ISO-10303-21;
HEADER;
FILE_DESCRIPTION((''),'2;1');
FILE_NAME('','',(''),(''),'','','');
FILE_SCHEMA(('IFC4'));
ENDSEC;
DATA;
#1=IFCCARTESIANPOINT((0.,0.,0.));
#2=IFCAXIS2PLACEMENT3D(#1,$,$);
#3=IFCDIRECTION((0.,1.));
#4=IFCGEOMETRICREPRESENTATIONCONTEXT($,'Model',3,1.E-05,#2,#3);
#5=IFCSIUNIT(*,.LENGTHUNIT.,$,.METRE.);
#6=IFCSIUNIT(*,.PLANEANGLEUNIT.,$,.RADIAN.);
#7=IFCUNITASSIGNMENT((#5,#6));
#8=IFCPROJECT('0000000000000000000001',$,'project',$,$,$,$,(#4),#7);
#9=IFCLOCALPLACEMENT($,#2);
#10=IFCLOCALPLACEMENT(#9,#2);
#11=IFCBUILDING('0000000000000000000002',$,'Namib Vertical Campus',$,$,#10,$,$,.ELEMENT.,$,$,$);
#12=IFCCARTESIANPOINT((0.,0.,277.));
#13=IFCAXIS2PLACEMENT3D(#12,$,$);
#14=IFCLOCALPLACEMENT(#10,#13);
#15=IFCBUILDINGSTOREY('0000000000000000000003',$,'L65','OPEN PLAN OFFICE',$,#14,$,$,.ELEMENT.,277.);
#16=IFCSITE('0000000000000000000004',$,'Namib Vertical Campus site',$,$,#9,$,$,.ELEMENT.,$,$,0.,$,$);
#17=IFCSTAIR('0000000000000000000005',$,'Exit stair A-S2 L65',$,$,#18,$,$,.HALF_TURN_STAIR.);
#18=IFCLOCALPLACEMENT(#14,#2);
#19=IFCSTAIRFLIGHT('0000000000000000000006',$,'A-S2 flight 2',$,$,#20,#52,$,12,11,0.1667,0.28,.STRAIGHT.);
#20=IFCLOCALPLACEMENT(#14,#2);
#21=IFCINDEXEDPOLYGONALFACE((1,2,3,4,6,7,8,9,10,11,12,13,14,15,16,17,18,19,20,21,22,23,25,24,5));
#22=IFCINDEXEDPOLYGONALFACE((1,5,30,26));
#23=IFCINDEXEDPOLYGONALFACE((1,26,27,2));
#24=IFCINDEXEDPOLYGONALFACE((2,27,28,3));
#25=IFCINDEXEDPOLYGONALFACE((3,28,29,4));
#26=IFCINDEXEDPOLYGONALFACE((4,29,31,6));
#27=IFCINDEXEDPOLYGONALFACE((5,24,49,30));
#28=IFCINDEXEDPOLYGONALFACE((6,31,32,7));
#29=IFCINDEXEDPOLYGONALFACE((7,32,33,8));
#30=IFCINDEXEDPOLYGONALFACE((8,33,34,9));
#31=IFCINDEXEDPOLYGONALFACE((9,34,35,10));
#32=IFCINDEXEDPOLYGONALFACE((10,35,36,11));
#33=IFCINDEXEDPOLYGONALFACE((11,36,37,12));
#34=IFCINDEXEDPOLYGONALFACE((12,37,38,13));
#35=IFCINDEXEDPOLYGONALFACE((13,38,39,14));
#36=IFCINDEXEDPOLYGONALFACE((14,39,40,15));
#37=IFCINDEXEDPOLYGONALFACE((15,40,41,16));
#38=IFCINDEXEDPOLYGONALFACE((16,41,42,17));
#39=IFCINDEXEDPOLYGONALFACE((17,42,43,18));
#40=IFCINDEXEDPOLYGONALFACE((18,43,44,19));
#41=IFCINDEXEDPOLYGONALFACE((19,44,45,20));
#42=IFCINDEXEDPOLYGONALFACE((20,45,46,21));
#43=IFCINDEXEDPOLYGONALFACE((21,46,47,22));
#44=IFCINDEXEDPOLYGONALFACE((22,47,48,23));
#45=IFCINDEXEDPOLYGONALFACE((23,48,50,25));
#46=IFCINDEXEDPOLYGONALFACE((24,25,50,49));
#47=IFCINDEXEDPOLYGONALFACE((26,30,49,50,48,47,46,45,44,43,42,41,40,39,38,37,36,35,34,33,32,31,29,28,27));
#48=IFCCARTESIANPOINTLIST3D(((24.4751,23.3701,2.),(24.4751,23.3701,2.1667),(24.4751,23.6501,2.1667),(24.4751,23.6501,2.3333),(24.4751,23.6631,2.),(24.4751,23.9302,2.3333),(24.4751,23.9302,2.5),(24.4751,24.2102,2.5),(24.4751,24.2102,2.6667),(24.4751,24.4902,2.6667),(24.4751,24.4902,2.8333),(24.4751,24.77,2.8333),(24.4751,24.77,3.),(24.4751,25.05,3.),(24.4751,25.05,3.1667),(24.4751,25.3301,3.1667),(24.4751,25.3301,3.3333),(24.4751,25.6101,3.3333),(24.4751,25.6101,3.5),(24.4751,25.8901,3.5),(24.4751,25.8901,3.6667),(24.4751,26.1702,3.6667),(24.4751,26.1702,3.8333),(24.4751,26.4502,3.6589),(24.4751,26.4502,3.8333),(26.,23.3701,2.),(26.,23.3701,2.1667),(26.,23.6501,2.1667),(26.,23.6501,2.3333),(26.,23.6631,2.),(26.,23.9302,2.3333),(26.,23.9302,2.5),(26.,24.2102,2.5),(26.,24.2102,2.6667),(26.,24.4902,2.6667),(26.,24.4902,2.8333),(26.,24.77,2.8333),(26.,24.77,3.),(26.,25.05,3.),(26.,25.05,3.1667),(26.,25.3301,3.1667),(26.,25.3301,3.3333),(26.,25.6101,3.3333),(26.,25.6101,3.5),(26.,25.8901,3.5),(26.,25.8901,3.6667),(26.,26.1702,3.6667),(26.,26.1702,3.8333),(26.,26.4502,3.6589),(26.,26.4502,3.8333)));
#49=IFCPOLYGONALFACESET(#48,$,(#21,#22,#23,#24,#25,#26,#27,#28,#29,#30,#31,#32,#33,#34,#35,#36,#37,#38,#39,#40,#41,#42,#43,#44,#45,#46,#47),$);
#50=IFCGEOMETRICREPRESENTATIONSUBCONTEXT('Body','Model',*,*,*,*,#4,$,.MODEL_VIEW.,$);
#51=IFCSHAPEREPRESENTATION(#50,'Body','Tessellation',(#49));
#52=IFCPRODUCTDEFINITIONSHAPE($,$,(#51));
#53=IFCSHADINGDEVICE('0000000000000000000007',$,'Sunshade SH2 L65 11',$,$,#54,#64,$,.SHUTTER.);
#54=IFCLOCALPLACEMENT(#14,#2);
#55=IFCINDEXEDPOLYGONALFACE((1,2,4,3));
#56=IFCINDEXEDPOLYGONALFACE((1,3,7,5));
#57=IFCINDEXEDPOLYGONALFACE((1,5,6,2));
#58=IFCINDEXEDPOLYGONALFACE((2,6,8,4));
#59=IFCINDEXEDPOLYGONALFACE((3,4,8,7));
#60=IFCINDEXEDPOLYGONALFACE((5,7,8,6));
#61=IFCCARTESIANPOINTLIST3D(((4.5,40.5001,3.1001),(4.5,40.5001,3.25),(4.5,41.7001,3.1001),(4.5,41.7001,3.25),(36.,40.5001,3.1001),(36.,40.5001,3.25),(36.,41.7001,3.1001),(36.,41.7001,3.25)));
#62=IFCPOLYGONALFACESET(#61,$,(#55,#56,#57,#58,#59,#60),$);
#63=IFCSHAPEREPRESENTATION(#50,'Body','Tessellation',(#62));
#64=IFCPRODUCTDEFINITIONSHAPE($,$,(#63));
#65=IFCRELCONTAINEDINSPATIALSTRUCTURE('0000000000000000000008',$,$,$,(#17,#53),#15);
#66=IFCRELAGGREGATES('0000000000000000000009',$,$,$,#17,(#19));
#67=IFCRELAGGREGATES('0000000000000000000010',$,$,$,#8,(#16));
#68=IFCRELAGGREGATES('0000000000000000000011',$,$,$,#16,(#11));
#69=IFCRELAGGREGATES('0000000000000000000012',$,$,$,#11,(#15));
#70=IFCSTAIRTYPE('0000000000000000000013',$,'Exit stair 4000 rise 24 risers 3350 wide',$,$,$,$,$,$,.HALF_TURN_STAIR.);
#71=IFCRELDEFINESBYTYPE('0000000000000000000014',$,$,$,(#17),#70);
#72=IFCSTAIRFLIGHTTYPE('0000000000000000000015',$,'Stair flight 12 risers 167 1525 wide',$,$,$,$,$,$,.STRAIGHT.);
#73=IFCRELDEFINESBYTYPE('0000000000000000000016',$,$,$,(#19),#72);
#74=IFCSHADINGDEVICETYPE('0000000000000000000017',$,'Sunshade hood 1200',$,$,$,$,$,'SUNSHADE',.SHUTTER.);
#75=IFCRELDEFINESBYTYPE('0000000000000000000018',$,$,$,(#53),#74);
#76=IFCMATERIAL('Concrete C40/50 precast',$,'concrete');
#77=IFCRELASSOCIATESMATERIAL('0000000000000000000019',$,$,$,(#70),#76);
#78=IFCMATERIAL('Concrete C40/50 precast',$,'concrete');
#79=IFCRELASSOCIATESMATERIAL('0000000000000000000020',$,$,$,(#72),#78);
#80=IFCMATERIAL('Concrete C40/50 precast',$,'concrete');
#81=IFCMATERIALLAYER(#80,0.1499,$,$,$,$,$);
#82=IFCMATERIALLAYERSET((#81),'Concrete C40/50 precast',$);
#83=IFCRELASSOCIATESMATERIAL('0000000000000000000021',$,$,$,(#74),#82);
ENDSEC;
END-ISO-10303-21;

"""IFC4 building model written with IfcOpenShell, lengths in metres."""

from ifc_helpers import new_model, si_unit, direction, frame, origin, origin_2d, place, context, subcontext, project, spatial, polyline, rectangle, outline, extrude, material, layer, layer_set, type_object, element, aggregate, save


model = new_model("IFC4")

# Units and contexts
model_context = context("Model", 3, precision=1e-05, world=origin(), true_north=direction((0.0, 1.0)))
body_context = subcontext(model_context, "Body", "Model", "MODEL_VIEW")
ifc_project = project(units=[si_unit("LENGTHUNIT", "METRE"), si_unit("PLANEANGLEUNIT", "RADIAN")], contexts=[model_context])

# Site, building, storey
site_placement = place(None, origin())
site = spatial("IfcSite", under=ifc_project, at=site_placement, Name="Namib Vertical Campus site", CompositionType="ELEMENT", RefElevation=0.0)
building_placement = place(site_placement, origin())
building = spatial("IfcBuilding", under=site, at=building_placement, Name="Namib Vertical Campus", CompositionType="ELEMENT")
storey_placement = place(building_placement, frame((0.0, 0.0, 277.0)))
storey = spatial("IfcBuildingStorey", under=building, at=storey_placement, Name="L65", Description="OPEN PLAN OFFICE", CompositionType="ELEMENT", Elevation=277.0)

# Stair, stair flight
ifc_material_1 = material(Name="Concrete C40/50 precast", Category="concrete")
stair_type = type_object("IfcStairType", Name="Exit stair 4000 rise 24 risers 3350 wide", PredefinedType="HALF_TURN_STAIR", material=ifc_material_1)
stair_placement = place(storey_placement, origin())
stair = element("IfcStair", 1, at=stair_placement, inside=storey, type_object=stair_type, Name="Exit stair A-S2 L65", PredefinedType="HALF_TURN_STAIR")
ifc_material_2 = material(Name="Concrete C40/50 precast", Category="concrete")
stair_flight_type = type_object("IfcStairFlightType", Name="Stair flight 12 risers 167 1525 wide", PredefinedType="STRAIGHT", material=ifc_material_2)
stair_flight_1_placement = place(storey_placement, frame((25.2375, 23.3701, 2.0), z_axis=(0.0, 0.0, 1.0), x_axis=(0.0, 1.0, 0.0)))
stair_flight_1 = element("IfcStairFlight", 2, at=stair_flight_1_placement, type_object=stair_flight_type, Name="A-S2 flight 2", NumberOfRisers=12, NumberOfTreads=11, PredefinedType="STRAIGHT", RiserHeight=0.1667, TreadLength=0.28, context=body_context, shape_type="SweptSolid", body=[
    extrude(outline(polyline([(0.0, 0.0), (0.0, 0.1667), (0.28, 0.1667), (0.28, 0.3333), (0.5601, 0.3333), (0.5601, 0.5), (0.8401, 0.5), (0.8401, 0.6667), (1.1201, 0.6667), (1.1201, 0.8333), (1.3999, 0.8333), (1.3999, 1.0), (1.6799, 1.0), (1.6799, 1.1667), (1.96, 1.1667), (1.96, 1.3333), (2.24, 1.3333), (2.24, 1.5), (2.52, 1.5), (2.52, 1.6667), (2.8, 1.6667), (2.8, 1.8333), (3.0801, 1.8333), (3.0801, 2.0), (3.0801, 1.6589), (0.293, 0.0), (0.0, 0.0)])), frame((0.0, 0.7625, 0.0), z_axis=(0.0, -1.0, 0.0), x_axis=(1.0, 0.0, 0.0)), (0.0, 0.0, 1.0), 1.5249),
])
aggregate(stair, [stair_flight_1])

# Shading device
ifc_material_3 = material(Name="Concrete C40/50 precast", Category="concrete")
ifc_layer_1 = layer(ifc_material_3, 0.1499)
ifc_layer_set_1 = layer_set([ifc_layer_1], Name="Concrete C40/50 precast")
shading_device_type = type_object("IfcShadingDeviceType", Name="Sunshade hood 1200", ElementType="SUNSHADE", PredefinedType="SHUTTER", material=ifc_layer_set_1)
shading_device_placement = place(storey_placement, frame((20.25, 41.1001, 3.1001), z_axis=(0.0, 0.0, 1.0), x_axis=(-1.0, 0.0, 0.0)))
element("IfcShadingDevice", 3, at=shading_device_placement, inside=storey, type_object=shading_device_type, Name="Sunshade SH2 L65 11", PredefinedType="SHUTTER", context=body_context, shape_type="SweptSolid", body=[
    extrude(rectangle(XDim=31.5, YDim=1.2, at=origin_2d()), origin(), (0.0, 0.0, 1.0), 0.1499),
])

save(model, "model.ifc")
